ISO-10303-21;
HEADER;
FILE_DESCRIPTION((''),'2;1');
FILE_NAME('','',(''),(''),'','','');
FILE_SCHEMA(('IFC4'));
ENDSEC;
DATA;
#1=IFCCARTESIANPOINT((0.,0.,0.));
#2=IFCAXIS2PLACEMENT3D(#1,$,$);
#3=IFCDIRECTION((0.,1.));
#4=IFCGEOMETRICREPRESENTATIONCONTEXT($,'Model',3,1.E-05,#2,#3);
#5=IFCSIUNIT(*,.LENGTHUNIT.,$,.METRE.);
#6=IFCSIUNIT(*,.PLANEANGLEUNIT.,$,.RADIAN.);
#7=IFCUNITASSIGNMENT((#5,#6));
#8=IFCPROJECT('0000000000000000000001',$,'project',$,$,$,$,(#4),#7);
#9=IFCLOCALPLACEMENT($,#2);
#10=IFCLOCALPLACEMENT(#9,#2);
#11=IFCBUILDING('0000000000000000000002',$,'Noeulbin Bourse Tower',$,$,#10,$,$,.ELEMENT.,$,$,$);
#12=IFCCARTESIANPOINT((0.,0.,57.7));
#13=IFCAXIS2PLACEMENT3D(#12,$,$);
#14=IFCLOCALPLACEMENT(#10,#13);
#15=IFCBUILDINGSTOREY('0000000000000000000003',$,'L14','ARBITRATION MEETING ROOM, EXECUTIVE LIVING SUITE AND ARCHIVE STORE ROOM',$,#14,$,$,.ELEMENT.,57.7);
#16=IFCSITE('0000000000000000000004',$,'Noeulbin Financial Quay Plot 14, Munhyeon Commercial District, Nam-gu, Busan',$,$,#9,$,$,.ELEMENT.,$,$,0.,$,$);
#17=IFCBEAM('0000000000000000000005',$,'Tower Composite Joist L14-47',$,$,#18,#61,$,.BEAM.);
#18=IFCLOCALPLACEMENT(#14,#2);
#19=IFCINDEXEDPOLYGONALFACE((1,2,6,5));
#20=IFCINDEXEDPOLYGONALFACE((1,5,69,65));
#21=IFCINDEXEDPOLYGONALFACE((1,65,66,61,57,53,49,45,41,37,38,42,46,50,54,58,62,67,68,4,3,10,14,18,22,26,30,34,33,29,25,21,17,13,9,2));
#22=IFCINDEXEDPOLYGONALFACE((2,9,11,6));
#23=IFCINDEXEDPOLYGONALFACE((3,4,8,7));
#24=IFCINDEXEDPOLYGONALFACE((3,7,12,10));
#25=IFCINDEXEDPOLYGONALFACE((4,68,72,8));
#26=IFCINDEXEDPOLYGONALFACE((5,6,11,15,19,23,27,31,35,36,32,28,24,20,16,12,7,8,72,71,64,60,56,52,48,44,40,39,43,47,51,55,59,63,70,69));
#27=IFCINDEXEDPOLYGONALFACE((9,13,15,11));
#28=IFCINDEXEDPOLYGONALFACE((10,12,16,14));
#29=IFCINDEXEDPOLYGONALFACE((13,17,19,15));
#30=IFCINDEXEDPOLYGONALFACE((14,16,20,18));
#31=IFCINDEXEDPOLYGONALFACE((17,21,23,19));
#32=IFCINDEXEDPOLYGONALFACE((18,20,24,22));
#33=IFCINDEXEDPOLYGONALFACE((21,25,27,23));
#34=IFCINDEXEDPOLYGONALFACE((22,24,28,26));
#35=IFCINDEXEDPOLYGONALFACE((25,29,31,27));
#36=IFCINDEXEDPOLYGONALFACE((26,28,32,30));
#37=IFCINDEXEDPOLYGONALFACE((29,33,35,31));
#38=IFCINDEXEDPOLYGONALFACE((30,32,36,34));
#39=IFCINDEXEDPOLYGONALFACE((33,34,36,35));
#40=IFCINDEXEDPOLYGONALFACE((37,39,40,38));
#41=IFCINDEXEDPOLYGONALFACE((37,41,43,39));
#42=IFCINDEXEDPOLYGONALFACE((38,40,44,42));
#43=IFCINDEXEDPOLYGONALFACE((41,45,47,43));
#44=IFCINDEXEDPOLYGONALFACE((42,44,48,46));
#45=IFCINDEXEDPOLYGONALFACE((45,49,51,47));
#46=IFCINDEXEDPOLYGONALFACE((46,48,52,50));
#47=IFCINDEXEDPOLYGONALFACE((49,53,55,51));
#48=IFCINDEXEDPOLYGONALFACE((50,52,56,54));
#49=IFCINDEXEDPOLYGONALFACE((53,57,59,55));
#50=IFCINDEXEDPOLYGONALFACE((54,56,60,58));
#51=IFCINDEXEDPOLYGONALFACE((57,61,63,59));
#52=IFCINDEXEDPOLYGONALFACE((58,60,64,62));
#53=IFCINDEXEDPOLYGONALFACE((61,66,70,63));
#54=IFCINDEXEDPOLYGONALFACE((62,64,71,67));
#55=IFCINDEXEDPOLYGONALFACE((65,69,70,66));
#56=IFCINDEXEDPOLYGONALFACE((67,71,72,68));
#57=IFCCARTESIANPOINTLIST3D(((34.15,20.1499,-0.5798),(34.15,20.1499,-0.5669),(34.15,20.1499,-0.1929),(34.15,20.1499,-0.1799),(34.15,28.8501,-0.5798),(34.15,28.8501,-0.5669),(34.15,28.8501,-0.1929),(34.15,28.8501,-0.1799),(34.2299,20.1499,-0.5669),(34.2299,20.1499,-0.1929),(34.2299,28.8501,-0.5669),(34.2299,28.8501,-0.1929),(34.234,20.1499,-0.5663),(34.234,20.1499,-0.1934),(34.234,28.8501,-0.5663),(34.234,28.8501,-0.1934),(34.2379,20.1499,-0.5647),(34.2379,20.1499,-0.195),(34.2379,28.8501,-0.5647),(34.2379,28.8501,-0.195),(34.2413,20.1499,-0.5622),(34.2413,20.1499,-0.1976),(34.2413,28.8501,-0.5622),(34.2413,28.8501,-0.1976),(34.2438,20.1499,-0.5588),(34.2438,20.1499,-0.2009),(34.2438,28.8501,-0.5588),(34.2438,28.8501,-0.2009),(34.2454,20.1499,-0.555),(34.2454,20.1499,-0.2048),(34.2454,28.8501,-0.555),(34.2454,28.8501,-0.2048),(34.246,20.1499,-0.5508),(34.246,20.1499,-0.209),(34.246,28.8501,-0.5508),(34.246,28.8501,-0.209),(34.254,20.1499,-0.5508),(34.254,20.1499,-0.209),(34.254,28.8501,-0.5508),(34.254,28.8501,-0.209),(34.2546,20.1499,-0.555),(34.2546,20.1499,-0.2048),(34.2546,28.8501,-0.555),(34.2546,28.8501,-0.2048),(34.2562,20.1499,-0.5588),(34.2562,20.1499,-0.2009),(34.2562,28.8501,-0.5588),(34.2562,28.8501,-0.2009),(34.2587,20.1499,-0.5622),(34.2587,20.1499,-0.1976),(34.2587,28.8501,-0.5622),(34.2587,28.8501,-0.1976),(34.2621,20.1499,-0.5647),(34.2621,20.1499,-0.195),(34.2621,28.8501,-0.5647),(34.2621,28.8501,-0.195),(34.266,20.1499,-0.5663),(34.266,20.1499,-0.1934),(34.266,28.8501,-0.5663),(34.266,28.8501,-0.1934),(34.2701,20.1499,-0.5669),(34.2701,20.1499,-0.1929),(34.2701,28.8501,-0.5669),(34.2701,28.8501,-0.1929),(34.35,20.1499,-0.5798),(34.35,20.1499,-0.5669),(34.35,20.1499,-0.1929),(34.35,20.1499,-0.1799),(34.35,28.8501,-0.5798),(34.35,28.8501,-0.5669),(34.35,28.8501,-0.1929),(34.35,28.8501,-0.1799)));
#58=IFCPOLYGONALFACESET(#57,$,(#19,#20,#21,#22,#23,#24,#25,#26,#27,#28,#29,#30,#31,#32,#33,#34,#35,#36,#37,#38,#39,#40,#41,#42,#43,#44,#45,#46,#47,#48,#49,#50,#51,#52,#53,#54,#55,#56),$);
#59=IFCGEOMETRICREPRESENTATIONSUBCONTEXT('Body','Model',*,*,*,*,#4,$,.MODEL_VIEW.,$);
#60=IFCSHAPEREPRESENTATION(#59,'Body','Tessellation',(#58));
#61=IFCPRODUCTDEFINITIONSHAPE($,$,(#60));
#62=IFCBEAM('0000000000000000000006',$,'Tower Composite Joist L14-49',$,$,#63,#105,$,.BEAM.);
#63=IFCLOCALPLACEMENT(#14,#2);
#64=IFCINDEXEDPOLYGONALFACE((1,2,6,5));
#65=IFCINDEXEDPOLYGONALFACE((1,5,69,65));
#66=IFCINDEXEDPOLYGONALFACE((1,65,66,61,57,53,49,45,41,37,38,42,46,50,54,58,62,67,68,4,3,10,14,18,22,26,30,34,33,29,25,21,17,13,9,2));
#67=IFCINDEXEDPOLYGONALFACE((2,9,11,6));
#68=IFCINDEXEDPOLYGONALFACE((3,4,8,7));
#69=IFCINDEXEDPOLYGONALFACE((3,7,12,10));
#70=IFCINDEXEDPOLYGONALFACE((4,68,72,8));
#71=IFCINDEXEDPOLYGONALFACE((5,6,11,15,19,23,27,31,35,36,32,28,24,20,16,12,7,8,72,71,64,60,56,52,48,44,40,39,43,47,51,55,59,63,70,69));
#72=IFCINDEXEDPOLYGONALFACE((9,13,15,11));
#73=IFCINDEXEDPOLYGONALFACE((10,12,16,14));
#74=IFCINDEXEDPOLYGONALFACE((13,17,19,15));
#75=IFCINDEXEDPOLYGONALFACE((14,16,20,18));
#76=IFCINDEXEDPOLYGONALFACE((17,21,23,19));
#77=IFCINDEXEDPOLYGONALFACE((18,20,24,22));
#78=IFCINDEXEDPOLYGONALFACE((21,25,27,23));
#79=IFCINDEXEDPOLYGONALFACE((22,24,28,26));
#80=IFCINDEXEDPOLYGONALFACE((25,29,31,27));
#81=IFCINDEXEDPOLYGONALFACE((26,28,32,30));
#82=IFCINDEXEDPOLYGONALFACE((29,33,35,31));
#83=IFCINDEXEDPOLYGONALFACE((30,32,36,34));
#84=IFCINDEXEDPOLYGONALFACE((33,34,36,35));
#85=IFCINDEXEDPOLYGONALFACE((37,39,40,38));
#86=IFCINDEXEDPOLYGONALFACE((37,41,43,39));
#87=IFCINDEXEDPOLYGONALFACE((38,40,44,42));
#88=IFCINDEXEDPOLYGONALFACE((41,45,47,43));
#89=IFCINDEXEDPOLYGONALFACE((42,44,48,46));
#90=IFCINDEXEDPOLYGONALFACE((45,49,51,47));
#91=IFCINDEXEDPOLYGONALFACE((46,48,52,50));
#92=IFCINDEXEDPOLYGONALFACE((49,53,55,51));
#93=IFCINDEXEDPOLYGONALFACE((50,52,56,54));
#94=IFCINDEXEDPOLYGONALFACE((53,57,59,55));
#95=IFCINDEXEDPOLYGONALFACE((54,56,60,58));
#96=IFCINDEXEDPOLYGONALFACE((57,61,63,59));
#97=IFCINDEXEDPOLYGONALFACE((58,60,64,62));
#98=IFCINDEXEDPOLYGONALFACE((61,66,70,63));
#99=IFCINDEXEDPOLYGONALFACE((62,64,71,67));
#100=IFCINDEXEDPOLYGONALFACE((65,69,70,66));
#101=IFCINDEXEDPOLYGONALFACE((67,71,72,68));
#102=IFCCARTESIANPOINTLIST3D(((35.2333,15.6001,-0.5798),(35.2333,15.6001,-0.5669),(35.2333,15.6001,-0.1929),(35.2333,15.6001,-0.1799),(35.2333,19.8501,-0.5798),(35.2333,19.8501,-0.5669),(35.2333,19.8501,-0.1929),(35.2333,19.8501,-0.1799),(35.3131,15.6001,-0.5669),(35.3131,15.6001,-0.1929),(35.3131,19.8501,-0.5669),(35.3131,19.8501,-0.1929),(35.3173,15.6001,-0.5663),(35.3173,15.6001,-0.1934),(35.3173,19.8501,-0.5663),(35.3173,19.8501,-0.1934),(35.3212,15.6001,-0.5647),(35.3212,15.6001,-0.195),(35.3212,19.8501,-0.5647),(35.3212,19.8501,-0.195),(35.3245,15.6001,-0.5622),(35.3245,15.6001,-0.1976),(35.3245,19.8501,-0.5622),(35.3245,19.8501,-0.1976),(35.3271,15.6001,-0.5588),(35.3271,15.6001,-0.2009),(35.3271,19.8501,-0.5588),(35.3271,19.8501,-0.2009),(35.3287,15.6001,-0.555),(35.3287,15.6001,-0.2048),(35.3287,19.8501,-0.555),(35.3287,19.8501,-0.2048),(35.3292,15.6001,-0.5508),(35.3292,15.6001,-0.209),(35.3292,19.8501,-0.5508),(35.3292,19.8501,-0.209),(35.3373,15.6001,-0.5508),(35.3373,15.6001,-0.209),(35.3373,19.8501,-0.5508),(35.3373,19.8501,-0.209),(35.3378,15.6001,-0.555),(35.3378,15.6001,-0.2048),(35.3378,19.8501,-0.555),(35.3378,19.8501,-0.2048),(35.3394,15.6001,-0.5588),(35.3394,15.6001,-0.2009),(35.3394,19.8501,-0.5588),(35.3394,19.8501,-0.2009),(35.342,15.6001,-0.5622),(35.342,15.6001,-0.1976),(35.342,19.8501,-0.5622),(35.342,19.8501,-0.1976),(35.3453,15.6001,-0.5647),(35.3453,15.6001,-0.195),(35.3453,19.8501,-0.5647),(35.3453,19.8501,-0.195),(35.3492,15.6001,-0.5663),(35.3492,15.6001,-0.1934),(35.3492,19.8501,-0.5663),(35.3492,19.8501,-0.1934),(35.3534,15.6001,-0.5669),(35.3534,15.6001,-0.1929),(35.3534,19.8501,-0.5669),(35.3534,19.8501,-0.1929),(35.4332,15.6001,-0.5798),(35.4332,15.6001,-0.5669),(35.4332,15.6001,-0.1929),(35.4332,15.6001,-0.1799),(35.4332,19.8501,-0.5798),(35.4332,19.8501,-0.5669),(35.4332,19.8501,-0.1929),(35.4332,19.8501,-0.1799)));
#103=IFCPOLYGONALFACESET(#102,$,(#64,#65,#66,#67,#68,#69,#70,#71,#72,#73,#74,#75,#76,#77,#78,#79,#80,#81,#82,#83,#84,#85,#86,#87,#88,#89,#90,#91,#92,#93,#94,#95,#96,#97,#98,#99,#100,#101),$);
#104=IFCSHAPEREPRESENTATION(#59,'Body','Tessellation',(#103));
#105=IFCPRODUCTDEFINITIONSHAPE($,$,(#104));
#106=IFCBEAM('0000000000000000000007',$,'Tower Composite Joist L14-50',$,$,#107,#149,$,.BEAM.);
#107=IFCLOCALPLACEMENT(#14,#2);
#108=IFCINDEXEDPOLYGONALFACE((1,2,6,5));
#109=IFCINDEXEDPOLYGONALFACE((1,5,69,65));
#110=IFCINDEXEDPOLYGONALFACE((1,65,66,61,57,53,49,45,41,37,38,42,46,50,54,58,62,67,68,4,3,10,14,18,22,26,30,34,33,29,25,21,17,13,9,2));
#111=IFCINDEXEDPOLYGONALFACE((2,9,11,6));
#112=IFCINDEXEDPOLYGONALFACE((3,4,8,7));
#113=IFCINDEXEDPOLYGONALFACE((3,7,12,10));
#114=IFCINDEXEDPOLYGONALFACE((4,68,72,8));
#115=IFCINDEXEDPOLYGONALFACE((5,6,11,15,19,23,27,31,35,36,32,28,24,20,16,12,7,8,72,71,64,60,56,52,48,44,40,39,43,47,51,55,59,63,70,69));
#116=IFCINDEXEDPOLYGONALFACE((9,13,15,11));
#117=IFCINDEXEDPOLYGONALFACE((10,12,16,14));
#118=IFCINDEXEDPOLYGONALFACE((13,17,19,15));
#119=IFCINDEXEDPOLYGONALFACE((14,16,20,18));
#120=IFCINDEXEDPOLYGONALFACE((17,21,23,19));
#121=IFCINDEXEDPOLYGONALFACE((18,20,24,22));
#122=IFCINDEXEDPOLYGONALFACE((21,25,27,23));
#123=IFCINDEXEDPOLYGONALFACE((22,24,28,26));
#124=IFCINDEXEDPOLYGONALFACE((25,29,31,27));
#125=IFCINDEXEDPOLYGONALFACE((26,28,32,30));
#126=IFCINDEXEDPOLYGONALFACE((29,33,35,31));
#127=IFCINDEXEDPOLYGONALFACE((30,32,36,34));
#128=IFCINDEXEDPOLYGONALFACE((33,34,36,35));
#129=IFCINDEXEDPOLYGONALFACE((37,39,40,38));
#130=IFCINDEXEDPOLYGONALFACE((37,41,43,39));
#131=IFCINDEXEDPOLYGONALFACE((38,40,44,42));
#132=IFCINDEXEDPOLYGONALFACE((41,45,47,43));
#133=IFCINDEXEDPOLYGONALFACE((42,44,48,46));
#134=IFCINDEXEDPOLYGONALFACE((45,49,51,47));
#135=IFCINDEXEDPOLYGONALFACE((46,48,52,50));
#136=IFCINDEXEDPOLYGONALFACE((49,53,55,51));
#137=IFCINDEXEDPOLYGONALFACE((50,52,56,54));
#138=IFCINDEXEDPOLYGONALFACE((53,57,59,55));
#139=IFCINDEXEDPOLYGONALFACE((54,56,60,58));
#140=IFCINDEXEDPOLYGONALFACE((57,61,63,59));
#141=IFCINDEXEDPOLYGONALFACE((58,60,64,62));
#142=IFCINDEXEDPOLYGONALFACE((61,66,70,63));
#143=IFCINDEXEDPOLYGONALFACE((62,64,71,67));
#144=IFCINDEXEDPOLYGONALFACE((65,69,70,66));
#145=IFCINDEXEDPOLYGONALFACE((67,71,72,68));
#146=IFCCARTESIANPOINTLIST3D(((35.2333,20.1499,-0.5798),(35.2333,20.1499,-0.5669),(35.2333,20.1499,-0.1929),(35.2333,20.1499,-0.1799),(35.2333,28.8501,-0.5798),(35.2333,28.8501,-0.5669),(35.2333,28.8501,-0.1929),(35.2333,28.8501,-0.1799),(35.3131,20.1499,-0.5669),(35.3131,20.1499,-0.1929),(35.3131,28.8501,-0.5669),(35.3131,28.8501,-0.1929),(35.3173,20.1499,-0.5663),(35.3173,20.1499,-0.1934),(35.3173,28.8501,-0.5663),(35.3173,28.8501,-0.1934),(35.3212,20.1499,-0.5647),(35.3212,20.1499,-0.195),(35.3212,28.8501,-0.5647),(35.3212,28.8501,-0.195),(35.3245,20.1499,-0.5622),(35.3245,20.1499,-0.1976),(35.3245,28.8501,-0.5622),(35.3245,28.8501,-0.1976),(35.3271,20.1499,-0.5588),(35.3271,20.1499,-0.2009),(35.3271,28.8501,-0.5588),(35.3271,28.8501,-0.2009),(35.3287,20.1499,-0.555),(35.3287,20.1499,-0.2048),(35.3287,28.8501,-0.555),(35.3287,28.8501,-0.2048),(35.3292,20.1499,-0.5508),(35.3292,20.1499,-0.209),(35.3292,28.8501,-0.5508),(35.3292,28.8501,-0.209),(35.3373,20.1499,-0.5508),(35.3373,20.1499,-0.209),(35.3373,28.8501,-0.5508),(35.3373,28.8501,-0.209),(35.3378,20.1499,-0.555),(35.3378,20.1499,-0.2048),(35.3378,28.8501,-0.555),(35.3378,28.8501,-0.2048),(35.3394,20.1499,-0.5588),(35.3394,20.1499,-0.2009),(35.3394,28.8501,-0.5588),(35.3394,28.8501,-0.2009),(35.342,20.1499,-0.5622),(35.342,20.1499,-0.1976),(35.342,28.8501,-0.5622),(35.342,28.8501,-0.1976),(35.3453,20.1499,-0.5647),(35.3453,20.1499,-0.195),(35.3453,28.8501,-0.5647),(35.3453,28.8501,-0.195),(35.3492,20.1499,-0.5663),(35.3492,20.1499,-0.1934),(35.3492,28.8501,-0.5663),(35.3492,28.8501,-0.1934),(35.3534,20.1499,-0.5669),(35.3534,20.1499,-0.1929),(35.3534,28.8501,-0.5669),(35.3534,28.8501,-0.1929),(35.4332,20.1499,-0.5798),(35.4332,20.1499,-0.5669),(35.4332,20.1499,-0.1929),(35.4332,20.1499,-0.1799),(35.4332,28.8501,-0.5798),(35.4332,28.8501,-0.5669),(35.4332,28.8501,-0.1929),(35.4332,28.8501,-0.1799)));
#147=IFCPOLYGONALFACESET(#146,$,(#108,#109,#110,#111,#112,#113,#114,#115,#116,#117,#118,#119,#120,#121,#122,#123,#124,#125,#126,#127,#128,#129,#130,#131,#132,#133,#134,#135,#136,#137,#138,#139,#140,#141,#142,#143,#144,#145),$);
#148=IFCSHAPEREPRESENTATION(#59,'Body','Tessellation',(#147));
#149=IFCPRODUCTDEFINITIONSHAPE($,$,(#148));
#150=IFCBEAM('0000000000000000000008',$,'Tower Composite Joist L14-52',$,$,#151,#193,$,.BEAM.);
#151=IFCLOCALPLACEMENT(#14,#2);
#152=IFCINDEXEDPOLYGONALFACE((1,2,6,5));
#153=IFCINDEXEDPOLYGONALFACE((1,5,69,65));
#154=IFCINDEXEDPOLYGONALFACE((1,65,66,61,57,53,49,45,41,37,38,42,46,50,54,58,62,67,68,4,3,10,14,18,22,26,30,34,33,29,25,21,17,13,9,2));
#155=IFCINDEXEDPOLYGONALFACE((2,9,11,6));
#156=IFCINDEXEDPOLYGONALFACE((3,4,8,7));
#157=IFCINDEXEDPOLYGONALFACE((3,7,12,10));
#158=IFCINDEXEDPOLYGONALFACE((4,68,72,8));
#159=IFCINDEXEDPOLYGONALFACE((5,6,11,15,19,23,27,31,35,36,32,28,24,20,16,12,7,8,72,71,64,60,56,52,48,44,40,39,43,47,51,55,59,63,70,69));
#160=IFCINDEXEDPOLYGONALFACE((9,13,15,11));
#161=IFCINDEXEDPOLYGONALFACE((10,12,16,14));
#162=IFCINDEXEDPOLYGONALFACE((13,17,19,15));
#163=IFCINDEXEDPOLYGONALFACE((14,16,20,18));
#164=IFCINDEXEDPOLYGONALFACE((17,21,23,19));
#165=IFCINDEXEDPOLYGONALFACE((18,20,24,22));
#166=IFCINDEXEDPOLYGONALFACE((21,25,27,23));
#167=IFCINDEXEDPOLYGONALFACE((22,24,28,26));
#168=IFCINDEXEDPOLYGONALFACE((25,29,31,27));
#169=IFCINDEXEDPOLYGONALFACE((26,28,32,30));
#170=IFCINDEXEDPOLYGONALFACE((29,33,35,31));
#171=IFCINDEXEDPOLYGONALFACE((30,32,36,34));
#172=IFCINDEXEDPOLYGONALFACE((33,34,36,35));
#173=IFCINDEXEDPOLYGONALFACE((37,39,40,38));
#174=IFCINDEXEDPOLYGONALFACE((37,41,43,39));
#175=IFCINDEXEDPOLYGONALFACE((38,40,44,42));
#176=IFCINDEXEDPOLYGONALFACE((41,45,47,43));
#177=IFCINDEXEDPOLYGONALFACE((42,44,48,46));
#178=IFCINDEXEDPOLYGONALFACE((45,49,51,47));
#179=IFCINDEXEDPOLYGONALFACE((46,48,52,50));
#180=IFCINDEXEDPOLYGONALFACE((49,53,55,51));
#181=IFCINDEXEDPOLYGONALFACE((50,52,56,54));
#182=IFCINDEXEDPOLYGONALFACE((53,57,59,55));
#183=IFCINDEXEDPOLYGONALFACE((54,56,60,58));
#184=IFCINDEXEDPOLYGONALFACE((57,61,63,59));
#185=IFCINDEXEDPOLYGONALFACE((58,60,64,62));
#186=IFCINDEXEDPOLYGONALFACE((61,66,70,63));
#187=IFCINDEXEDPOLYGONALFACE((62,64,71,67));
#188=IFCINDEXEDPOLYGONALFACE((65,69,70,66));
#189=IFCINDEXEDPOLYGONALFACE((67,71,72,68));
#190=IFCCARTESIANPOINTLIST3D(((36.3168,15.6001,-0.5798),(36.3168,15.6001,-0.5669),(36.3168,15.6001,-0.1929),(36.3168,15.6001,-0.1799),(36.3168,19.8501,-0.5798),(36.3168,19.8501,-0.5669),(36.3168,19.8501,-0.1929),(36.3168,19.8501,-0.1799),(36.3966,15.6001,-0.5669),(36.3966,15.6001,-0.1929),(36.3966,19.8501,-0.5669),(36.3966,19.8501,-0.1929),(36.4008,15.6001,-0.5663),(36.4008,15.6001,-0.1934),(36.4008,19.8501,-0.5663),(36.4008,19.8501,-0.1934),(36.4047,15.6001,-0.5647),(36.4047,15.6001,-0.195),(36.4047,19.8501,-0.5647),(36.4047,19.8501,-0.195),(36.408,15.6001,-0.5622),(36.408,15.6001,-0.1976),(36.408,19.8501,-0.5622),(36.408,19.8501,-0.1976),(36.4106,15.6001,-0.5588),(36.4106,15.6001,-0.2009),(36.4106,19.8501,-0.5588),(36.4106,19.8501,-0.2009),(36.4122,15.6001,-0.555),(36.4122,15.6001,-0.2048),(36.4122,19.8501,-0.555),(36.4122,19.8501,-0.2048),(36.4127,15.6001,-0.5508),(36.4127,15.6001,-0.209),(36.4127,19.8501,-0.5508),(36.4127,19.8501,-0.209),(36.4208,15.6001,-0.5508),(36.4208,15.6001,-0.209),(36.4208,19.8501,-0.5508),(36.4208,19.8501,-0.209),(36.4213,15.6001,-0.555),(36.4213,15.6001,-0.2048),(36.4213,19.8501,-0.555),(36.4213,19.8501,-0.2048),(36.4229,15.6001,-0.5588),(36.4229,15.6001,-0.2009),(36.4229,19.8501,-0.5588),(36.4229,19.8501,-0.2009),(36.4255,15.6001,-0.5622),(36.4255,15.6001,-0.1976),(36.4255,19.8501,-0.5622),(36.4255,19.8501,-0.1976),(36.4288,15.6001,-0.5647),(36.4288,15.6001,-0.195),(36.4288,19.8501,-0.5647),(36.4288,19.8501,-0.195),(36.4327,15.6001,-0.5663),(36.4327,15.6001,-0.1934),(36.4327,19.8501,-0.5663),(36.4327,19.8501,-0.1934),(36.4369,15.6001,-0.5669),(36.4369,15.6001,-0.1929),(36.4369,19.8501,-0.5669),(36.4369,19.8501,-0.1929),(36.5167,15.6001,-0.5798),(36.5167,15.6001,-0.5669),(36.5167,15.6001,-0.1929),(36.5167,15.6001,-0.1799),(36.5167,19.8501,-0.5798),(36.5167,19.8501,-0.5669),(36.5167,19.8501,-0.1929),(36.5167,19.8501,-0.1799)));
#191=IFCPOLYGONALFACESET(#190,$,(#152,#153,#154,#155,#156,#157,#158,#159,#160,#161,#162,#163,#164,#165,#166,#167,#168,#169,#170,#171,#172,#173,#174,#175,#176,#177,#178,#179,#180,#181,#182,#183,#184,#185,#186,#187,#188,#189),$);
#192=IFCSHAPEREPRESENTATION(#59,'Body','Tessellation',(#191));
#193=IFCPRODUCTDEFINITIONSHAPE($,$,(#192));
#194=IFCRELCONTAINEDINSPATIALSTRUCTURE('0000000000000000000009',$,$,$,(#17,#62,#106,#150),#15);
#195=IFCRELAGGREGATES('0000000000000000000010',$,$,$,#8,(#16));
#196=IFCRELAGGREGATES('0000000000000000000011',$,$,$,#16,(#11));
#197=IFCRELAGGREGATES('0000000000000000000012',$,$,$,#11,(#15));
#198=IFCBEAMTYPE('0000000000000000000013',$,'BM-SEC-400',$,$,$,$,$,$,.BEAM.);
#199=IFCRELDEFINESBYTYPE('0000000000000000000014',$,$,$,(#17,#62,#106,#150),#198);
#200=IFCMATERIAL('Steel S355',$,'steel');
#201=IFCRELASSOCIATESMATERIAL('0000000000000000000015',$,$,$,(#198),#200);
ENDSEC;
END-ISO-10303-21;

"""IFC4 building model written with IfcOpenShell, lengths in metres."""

from ifc_helpers import new_model, si_unit, direction, frame, origin, origin_2d, place, context, subcontext, project, spatial, i_section, extrude, material, material_profile, profile_set, type_object, element, save


model = new_model("IFC4")

# Units and contexts
model_context = context("Model", 3, precision=1e-05, world=origin(), true_north=direction((0.0, 1.0)))
body_context = subcontext(model_context, "Body", "Model", "MODEL_VIEW")
ifc_project = project(units=[si_unit("LENGTHUNIT", "METRE"), si_unit("PLANEANGLEUNIT", "RADIAN")], contexts=[model_context])

# Site, building, storey
site_placement = place(None, origin())
site = spatial("IfcSite", under=ifc_project, at=site_placement, Name="Noeulbin Financial Quay Plot 14, Munhyeon Commercial District, Nam-gu, Busan", CompositionType="ELEMENT", RefElevation=0.0)
building_placement = place(site_placement, origin())
building = spatial("IfcBuilding", under=site, at=building_placement, Name="Noeulbin Bourse Tower", CompositionType="ELEMENT")
storey_placement = place(building_placement, frame((0.0, 0.0, 57.7)))
storey = spatial("IfcBuildingStorey", under=building, at=storey_placement, Name="L14", Description="ARBITRATION MEETING ROOM, EXECUTIVE LIVING SUITE AND ARCHIVE STORE ROOM", CompositionType="ELEMENT", Elevation=57.7)

# Beams
ifc_material_1 = material(Name="Steel S355", Category="steel")
ifc_material_profile_1 = material_profile(ifc_material_1, i_section(OverallWidth=0.2, OverallDepth=0.3999, WebThickness=0.0081, FlangeThickness=0.0129, FilletRadius=0.0161, at=origin_2d()), Name="H-400x200x8x13", Category="LoadBearing")
ifc_profile_set_1 = profile_set([ifc_material_profile_1], Name="Steel S355")
beam_type_1 = type_object("IfcBeamType", Name="BM-SEC-400", PredefinedType="BEAM", material=ifc_profile_set_1)
beam_1_placement = place(storey_placement, frame((34.25, 20.1499, -0.3799), z_axis=(0.0, 1.0, 0.0), x_axis=(-1.0, 0.0, 0.0)))
element("IfcBeam", 1, at=beam_1_placement, inside=storey, type_object=beam_type_1, Name="Tower Composite Joist L14-47", PredefinedType="BEAM", context=body_context, shape_type="SweptSolid", body=[
    extrude(i_section(OverallWidth=0.2, OverallDepth=0.3999, WebThickness=0.0081, FlangeThickness=0.0129, FilletRadius=0.0161, at=origin_2d()), origin(), (0.0, 0.0, 1.0), 8.7002),
])
beam_2_placement = place(storey_placement, frame((35.3333, 15.6001, -0.3799), z_axis=(0.0, 1.0, 0.0), x_axis=(-1.0, 0.0, 0.0)))
element("IfcBeam", 2, at=beam_2_placement, inside=storey, type_object=beam_type_1, Name="Tower Composite Joist L14-49", PredefinedType="BEAM", context=body_context, shape_type="SweptSolid", body=[
    extrude(i_section(OverallWidth=0.2, OverallDepth=0.3999, WebThickness=0.0081, FlangeThickness=0.0129, FilletRadius=0.0161, at=origin_2d()), origin(), (0.0, 0.0, 1.0), 4.25),
])
beam_3_placement = place(storey_placement, frame((35.3333, 20.1499, -0.3799), z_axis=(0.0, 1.0, 0.0), x_axis=(-1.0, 0.0, 0.0)))
element("IfcBeam", 3, at=beam_3_placement, inside=storey, type_object=beam_type_1, Name="Tower Composite Joist L14-50", PredefinedType="BEAM", context=body_context, shape_type="SweptSolid", body=[
    extrude(i_section(OverallWidth=0.2, OverallDepth=0.3999, WebThickness=0.0081, FlangeThickness=0.0129, FilletRadius=0.0161, at=origin_2d()), origin(), (0.0, 0.0, 1.0), 8.7002),
])
beam_4_placement = place(storey_placement, frame((36.4167, 15.6001, -0.3799), z_axis=(0.0, 1.0, 0.0), x_axis=(-1.0, 0.0, 0.0)))
element("IfcBeam", 4, at=beam_4_placement, inside=storey, type_object=beam_type_1, Name="Tower Composite Joist L14-52", PredefinedType="BEAM", context=body_context, shape_type="SweptSolid", body=[
    extrude(i_section(OverallWidth=0.2, OverallDepth=0.3999, WebThickness=0.0081, FlangeThickness=0.0129, FilletRadius=0.0161, at=origin_2d()), origin(), (0.0, 0.0, 1.0), 4.25),
])

save(model, "model.ifc")
